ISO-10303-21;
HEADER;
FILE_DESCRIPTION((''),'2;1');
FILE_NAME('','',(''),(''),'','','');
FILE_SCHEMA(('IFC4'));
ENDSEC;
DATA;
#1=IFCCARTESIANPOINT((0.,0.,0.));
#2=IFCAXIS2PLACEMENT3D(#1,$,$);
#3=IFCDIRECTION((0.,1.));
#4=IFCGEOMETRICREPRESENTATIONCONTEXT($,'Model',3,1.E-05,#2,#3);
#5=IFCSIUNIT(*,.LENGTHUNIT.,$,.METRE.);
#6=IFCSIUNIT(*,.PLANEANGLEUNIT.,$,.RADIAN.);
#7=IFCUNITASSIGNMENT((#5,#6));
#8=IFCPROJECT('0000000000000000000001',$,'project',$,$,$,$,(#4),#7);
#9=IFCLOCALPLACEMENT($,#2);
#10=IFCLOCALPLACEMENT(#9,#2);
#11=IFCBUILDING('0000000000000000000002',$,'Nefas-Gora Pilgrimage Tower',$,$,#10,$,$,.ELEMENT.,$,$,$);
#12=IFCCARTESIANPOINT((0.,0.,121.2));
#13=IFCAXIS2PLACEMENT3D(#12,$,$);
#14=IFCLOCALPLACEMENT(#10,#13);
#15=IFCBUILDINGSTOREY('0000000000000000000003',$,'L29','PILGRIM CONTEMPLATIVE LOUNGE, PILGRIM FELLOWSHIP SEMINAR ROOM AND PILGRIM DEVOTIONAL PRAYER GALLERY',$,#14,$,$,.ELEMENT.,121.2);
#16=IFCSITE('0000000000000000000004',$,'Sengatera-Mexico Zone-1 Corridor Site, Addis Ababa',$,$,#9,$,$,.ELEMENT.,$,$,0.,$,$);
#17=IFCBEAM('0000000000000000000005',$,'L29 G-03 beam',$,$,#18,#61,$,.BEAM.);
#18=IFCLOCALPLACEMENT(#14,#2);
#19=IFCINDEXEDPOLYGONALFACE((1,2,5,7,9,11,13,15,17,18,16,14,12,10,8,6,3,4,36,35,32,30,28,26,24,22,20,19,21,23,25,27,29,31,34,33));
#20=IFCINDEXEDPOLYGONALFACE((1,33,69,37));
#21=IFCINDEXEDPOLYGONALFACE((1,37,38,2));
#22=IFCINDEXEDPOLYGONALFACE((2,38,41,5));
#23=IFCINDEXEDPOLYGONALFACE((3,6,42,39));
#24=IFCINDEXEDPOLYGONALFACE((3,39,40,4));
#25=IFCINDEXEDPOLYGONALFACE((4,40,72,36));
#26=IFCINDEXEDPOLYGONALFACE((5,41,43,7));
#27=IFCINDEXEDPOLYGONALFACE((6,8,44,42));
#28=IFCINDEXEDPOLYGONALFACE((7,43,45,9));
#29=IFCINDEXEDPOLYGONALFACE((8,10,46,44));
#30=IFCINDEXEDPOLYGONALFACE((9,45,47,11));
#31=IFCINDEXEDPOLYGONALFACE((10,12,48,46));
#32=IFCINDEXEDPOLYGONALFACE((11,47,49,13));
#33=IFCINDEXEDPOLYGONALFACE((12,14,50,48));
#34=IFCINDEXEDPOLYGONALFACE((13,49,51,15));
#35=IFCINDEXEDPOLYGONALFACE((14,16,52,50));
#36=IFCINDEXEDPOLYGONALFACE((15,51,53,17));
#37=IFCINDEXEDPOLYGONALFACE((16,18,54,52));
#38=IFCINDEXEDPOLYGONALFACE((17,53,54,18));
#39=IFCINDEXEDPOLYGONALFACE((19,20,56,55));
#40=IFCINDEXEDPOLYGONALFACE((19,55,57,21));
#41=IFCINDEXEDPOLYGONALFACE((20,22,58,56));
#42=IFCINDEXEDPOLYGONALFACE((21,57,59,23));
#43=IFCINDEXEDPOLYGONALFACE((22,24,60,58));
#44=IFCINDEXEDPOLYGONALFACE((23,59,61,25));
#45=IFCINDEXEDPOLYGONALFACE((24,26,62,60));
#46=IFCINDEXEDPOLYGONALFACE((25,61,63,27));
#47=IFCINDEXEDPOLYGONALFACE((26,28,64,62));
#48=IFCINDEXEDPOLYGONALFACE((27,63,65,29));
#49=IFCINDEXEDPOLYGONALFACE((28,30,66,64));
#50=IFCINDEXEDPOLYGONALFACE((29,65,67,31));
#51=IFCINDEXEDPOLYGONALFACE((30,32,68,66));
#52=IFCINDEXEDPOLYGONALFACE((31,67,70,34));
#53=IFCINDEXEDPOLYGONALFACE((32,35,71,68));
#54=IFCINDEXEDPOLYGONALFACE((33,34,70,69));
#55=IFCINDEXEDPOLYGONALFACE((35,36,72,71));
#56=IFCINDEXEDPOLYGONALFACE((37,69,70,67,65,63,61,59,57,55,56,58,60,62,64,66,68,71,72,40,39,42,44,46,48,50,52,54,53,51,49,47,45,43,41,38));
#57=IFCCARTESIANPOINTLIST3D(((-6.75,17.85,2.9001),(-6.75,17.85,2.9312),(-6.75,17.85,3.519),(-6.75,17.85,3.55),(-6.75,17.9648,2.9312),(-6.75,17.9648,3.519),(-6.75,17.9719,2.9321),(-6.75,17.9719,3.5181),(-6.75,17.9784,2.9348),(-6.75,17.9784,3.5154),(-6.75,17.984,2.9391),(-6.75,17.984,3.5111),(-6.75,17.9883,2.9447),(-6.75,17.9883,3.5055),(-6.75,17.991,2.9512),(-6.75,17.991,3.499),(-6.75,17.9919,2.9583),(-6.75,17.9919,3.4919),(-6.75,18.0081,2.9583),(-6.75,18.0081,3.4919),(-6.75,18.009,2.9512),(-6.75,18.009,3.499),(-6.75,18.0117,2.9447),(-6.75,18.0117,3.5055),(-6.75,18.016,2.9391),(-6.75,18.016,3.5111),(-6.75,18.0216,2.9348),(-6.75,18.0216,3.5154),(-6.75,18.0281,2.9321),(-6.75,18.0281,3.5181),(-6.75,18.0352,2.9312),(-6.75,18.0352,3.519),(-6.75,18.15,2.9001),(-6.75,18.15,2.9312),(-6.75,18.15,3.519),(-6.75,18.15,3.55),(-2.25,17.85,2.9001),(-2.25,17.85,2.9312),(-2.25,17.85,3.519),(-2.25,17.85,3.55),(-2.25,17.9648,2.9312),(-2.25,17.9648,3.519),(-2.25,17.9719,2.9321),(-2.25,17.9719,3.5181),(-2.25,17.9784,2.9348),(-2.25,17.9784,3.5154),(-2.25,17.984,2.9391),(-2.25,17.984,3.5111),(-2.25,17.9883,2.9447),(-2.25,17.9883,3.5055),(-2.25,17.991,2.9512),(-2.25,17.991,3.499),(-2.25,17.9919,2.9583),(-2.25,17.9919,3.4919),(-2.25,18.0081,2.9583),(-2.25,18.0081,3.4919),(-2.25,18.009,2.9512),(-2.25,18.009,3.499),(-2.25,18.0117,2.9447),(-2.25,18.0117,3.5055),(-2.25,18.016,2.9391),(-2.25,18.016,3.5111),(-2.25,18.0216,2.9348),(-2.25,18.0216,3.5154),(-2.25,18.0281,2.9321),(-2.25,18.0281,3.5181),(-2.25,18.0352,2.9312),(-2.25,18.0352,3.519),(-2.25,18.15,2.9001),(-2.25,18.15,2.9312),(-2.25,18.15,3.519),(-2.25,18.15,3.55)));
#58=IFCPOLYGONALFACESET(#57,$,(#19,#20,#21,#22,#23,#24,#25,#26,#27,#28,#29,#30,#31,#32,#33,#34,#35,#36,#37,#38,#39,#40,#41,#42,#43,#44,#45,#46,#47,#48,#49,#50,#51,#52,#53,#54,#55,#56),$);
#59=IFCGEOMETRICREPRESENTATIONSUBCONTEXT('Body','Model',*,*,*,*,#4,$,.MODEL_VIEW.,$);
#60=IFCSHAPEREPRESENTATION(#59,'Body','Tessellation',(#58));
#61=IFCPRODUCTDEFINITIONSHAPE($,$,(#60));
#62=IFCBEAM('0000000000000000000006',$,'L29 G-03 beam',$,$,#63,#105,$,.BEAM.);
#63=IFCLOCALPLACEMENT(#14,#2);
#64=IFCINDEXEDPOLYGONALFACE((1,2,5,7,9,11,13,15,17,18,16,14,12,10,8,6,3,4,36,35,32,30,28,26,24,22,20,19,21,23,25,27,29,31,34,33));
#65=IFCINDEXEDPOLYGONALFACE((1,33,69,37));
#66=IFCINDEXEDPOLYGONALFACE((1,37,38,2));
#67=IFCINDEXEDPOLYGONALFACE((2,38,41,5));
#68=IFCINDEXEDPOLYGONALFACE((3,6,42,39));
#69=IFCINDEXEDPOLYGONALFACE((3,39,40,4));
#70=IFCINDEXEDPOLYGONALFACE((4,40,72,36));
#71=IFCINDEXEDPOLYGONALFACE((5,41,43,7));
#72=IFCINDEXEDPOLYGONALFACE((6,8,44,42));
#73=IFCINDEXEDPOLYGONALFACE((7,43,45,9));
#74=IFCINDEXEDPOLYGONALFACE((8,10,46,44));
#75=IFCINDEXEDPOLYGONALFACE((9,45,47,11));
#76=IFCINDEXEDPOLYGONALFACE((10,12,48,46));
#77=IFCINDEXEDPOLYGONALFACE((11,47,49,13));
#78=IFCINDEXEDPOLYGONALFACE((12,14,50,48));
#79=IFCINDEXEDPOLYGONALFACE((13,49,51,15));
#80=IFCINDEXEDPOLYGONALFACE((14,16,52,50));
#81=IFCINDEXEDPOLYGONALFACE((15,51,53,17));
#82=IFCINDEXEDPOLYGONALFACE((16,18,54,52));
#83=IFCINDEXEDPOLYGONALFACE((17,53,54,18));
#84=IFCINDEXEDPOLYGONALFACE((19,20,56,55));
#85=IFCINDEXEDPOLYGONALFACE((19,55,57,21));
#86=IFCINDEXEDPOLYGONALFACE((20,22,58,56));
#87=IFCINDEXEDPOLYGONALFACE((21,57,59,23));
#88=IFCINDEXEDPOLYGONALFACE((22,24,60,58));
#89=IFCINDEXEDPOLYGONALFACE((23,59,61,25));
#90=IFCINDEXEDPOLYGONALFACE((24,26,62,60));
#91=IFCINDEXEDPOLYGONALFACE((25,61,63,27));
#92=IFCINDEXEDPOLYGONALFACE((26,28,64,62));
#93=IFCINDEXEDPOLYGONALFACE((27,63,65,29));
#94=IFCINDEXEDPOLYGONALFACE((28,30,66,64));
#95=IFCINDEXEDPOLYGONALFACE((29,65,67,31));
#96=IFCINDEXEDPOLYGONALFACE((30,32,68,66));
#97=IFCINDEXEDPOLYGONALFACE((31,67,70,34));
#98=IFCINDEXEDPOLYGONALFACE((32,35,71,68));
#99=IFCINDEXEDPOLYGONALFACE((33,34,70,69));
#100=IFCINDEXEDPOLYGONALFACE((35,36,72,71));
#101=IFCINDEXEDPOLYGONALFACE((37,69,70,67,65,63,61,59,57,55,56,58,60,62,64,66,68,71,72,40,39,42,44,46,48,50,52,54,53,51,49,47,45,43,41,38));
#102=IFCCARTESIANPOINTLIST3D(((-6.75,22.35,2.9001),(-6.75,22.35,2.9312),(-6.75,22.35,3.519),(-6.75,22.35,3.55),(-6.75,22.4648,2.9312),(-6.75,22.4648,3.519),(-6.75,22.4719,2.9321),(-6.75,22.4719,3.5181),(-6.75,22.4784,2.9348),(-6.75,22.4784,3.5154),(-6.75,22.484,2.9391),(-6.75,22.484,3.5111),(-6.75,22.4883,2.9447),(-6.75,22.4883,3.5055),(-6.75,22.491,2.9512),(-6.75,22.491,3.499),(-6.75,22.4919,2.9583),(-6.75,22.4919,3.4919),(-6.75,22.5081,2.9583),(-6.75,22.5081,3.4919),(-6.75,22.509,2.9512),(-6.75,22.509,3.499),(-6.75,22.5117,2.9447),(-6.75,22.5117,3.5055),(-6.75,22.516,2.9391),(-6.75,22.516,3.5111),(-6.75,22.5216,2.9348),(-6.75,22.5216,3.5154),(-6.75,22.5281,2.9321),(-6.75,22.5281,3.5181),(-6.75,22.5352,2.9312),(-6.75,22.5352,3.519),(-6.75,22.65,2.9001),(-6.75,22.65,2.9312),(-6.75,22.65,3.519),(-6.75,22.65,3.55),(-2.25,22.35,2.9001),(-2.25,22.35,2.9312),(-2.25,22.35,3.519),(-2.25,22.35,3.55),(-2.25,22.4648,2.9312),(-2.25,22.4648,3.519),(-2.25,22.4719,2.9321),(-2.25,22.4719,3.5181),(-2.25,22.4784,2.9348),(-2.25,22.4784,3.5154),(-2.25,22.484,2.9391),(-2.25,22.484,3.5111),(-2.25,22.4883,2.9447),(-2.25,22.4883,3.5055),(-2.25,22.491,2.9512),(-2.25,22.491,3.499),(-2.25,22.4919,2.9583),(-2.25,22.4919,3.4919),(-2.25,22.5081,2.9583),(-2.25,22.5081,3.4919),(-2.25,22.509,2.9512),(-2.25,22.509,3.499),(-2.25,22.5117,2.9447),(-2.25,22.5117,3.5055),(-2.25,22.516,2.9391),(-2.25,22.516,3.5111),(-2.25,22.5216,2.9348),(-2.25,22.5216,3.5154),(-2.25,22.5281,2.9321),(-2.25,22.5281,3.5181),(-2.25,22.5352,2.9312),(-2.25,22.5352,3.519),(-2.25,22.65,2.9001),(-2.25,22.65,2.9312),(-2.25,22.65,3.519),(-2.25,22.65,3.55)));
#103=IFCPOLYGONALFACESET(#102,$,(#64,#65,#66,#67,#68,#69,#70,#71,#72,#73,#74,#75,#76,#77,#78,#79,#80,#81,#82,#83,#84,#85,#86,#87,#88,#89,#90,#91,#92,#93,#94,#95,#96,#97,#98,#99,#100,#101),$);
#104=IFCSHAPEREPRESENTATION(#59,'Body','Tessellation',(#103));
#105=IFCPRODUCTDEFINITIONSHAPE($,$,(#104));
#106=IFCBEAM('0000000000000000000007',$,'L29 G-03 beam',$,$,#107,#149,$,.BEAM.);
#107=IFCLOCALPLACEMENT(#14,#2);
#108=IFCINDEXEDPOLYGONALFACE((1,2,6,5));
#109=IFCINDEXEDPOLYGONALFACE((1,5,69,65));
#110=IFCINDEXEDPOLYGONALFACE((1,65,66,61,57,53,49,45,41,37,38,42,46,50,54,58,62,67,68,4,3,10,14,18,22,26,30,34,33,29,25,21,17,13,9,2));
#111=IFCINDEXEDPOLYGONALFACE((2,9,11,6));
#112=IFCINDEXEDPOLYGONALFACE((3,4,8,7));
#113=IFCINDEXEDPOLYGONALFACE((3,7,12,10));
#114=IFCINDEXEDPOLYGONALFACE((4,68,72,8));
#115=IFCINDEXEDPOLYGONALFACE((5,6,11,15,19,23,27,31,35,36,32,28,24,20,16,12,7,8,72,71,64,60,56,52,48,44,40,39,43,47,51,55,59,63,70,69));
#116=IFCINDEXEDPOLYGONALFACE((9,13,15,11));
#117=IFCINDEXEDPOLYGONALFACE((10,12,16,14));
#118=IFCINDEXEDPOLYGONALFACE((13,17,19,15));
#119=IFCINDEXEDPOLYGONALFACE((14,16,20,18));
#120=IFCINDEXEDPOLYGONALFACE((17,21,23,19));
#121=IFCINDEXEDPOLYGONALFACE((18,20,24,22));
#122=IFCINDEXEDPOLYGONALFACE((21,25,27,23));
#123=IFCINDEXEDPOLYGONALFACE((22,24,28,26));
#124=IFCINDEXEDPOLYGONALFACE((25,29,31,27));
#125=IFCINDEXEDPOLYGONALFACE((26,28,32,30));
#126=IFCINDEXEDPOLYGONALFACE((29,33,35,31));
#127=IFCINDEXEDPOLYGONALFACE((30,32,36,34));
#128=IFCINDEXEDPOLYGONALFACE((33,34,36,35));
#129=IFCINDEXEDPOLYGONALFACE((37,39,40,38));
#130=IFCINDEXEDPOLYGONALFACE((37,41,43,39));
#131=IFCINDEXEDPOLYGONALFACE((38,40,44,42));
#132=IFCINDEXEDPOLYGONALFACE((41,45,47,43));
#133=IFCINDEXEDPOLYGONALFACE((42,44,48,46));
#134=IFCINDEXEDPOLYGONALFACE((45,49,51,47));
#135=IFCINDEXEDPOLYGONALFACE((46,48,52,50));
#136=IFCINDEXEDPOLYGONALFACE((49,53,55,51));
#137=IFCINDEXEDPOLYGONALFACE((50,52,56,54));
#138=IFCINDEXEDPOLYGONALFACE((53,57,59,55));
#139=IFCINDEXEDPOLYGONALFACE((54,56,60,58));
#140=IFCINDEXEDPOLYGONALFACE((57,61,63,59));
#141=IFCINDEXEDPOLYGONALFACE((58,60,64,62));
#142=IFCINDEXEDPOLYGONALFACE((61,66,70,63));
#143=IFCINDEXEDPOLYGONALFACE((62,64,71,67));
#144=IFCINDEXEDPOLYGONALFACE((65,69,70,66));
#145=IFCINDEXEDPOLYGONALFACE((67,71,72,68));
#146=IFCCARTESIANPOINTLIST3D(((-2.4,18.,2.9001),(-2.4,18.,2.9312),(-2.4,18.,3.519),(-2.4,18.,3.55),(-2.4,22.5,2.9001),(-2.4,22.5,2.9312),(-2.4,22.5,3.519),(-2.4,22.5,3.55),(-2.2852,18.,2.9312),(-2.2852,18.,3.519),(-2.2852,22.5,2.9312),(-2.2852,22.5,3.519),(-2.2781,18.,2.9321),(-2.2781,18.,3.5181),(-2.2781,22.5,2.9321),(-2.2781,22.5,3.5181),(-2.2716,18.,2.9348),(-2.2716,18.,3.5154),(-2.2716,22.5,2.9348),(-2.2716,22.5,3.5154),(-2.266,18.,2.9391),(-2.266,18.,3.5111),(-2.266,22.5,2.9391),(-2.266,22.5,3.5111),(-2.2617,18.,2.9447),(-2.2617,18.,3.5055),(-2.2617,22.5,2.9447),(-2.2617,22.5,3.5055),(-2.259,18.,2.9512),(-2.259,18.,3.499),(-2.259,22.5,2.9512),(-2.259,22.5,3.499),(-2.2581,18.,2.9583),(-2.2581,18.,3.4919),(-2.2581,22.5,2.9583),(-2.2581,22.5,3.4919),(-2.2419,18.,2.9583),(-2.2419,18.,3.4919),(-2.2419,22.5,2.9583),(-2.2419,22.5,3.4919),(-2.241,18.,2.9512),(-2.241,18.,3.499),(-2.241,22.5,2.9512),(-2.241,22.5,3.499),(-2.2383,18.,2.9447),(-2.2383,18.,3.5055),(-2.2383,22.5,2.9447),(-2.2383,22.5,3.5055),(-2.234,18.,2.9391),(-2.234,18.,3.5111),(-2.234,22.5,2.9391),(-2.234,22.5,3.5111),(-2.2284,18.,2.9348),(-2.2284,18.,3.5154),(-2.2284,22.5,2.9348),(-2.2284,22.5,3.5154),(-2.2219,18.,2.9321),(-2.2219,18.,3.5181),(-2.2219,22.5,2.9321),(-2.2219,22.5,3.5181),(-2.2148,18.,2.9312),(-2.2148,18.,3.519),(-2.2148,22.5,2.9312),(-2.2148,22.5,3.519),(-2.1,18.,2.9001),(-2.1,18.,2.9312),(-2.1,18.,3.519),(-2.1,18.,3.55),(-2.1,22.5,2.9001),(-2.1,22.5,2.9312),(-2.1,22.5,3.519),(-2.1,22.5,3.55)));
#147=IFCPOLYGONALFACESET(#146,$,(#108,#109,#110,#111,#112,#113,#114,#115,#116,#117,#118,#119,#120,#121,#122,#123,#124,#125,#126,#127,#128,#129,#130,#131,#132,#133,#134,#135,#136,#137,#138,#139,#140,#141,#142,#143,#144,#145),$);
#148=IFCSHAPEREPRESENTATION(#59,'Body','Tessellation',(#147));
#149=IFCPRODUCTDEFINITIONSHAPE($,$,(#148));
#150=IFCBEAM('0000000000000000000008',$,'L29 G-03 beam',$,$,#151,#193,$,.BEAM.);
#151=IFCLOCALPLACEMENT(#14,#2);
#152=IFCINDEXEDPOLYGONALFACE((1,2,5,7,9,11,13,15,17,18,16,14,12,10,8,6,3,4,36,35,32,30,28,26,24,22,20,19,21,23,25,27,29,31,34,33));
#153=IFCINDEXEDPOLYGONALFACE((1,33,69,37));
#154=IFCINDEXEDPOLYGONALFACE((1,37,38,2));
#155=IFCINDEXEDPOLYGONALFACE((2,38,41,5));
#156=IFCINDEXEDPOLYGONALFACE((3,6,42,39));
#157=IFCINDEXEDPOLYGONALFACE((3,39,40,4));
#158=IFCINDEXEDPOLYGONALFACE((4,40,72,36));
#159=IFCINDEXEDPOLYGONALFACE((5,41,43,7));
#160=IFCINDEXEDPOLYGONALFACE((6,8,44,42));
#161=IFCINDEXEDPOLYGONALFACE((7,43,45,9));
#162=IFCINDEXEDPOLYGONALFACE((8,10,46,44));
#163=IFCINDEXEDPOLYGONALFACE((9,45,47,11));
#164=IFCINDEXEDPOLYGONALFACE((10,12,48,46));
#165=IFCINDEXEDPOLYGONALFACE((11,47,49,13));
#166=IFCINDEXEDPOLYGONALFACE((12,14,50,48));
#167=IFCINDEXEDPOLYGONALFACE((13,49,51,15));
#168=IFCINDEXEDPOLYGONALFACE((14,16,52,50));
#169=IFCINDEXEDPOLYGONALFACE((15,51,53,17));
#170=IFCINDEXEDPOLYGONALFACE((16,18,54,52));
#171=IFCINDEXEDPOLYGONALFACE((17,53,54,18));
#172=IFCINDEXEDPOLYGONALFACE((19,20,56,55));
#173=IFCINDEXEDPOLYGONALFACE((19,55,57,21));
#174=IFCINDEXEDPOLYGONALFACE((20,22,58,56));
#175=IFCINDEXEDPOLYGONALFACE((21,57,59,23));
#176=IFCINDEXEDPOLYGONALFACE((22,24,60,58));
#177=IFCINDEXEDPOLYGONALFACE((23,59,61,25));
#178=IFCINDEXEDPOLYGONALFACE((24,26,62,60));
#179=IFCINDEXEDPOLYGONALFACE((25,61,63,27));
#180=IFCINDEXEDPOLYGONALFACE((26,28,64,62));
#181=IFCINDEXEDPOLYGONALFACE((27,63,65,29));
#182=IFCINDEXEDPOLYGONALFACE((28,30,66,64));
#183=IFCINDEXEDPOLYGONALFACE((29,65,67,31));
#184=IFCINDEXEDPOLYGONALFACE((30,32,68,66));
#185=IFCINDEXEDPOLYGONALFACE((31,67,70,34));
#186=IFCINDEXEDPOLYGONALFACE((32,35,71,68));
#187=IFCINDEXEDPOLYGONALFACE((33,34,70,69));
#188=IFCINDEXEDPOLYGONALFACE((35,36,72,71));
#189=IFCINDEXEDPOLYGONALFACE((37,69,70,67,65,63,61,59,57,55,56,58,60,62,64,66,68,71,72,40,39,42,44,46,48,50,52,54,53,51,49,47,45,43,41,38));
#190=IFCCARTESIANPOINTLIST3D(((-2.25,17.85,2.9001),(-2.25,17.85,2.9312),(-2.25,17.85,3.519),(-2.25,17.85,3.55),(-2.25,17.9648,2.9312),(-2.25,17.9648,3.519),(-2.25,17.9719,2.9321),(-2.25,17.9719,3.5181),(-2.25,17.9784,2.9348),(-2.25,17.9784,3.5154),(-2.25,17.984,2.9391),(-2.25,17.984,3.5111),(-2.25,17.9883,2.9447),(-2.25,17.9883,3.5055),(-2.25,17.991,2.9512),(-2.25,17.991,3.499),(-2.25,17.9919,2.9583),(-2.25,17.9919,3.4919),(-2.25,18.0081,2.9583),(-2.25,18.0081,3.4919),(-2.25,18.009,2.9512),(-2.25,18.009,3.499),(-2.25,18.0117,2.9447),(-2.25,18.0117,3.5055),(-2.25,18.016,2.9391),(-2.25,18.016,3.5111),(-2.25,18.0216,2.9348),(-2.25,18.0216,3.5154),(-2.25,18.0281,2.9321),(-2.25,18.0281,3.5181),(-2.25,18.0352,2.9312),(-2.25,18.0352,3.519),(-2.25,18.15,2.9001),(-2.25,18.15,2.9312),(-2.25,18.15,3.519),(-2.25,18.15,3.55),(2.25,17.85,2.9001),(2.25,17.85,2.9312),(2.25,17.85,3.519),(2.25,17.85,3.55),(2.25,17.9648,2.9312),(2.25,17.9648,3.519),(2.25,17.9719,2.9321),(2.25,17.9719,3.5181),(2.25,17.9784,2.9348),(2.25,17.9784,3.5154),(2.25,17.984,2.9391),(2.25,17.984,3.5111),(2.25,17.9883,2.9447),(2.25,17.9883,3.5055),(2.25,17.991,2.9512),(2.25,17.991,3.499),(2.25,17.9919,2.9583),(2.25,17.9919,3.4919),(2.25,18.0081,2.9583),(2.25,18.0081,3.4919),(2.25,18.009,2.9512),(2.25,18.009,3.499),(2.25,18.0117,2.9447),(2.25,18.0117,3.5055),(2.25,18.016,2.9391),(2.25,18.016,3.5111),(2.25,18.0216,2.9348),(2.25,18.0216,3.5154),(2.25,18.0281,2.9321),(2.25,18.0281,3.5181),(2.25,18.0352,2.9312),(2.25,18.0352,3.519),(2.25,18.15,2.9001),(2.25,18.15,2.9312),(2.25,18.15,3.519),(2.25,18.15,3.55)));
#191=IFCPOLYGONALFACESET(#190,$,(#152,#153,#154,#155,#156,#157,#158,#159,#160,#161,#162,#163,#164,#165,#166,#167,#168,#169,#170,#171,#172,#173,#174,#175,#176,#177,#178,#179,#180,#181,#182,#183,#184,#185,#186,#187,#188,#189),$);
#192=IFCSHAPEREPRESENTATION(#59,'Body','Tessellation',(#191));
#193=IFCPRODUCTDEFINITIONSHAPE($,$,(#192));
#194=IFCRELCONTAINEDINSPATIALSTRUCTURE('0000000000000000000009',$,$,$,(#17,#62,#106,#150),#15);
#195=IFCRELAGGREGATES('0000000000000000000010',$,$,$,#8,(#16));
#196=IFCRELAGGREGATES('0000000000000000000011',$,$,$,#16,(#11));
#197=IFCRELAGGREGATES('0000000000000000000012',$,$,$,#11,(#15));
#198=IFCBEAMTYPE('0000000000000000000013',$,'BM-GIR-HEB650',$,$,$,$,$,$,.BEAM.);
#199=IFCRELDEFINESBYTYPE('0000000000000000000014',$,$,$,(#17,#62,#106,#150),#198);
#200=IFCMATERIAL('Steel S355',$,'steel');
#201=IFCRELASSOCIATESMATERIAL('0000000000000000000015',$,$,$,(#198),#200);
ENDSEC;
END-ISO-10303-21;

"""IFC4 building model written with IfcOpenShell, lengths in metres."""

from ifc_helpers import new_model, si_unit, direction, frame, origin, origin_2d, place, context, subcontext, project, spatial, i_section, extrude, source, transform, mapped, material, material_profile, profile_set, type_object, element, save


model = new_model("IFC4")

# Units and contexts
model_context = context("Model", 3, precision=1e-05, world=origin(), true_north=direction((0.0, 1.0)))
body_context = subcontext(model_context, "Body", "Model", "MODEL_VIEW")
ifc_project = project(units=[si_unit("LENGTHUNIT", "METRE"), si_unit("PLANEANGLEUNIT", "RADIAN")], contexts=[model_context])

# Site, building, storey
site_placement = place(None, origin())
site = spatial("IfcSite", under=ifc_project, at=site_placement, Name="Sengatera-Mexico Zone-1 Corridor Site, Addis Ababa", CompositionType="ELEMENT", RefElevation=0.0)
building_placement = place(site_placement, origin())
building = spatial("IfcBuilding", under=site, at=building_placement, Name="Nefas-Gora Pilgrimage Tower", CompositionType="ELEMENT")
storey_placement = place(building_placement, frame((0.0, 0.0, 121.2)))
storey = spatial("IfcBuildingStorey", under=building, at=storey_placement, Name="L29", Description="PILGRIM CONTEMPLATIVE LOUNGE, PILGRIM FELLOWSHIP SEMINAR ROOM AND PILGRIM DEVOTIONAL PRAYER GALLERY", CompositionType="ELEMENT", Elevation=121.2)

# Beams
ifc_material_1 = material(Name="Steel S355", Category="steel")
ifc_material_profile_1 = material_profile(ifc_material_1, i_section(OverallWidth=0.3, OverallDepth=0.6499, WebThickness=0.0161, FlangeThickness=0.031, FilletRadius=0.0271, at=origin_2d()), Name="HEB 650")
ifc_profile_set_1 = profile_set([ifc_material_profile_1], Name="Steel S355")
beam_type = type_object("IfcBeamType", Name="BM-GIR-HEB650", PredefinedType="BEAM", material=ifc_profile_set_1)
shared_shape_1 = source(origin(), body_context, "Body", "SweptSolid", [
    extrude(i_section(OverallWidth=0.3, OverallDepth=0.6499, WebThickness=0.0161, FlangeThickness=0.031, FilletRadius=0.0271, at=origin_2d()), origin(), (0.0, 0.0, 1.0), 4.5),
])
for number, where, z_axis, x_axis, name in (
    (1, (-6.75, 18.0, 3.2251), (1.0, 0.0, 0.0), (0.0, 1.0, 0.0), "L29 G-03 beam"),
    (2, (-6.75, 22.5, 3.2251), (1.0, 0.0, 0.0), (0.0, 1.0, 0.0), "L29 G-03 beam"),
    (3, (-2.25, 18.0, 3.2251), (0.0, 1.0, 0.0), (-1.0, 0.0, 0.0), "L29 G-03 beam"),
    (4, (-2.25, 18.0, 3.2251), (1.0, 0.0, 0.0), (0.0, 1.0, 0.0), "L29 G-03 beam"),
):
    element("IfcBeam", number, at=place(storey_placement, frame(where, z_axis=z_axis, x_axis=x_axis)), inside=storey, type_object=beam_type, Name=name, PredefinedType="BEAM", context=body_context, shape_type="MappedRepresentation", body=[
        mapped(shared_shape_1, transform((0.0, 0.0, 0.0), x_axis=(1.0, 0.0, 0.0), y_axis=(0.0, 1.0, 0.0), z_axis=(0.0, 0.0, 1.0), scale=1.0)),
    ])

save(model, "model.ifc")
